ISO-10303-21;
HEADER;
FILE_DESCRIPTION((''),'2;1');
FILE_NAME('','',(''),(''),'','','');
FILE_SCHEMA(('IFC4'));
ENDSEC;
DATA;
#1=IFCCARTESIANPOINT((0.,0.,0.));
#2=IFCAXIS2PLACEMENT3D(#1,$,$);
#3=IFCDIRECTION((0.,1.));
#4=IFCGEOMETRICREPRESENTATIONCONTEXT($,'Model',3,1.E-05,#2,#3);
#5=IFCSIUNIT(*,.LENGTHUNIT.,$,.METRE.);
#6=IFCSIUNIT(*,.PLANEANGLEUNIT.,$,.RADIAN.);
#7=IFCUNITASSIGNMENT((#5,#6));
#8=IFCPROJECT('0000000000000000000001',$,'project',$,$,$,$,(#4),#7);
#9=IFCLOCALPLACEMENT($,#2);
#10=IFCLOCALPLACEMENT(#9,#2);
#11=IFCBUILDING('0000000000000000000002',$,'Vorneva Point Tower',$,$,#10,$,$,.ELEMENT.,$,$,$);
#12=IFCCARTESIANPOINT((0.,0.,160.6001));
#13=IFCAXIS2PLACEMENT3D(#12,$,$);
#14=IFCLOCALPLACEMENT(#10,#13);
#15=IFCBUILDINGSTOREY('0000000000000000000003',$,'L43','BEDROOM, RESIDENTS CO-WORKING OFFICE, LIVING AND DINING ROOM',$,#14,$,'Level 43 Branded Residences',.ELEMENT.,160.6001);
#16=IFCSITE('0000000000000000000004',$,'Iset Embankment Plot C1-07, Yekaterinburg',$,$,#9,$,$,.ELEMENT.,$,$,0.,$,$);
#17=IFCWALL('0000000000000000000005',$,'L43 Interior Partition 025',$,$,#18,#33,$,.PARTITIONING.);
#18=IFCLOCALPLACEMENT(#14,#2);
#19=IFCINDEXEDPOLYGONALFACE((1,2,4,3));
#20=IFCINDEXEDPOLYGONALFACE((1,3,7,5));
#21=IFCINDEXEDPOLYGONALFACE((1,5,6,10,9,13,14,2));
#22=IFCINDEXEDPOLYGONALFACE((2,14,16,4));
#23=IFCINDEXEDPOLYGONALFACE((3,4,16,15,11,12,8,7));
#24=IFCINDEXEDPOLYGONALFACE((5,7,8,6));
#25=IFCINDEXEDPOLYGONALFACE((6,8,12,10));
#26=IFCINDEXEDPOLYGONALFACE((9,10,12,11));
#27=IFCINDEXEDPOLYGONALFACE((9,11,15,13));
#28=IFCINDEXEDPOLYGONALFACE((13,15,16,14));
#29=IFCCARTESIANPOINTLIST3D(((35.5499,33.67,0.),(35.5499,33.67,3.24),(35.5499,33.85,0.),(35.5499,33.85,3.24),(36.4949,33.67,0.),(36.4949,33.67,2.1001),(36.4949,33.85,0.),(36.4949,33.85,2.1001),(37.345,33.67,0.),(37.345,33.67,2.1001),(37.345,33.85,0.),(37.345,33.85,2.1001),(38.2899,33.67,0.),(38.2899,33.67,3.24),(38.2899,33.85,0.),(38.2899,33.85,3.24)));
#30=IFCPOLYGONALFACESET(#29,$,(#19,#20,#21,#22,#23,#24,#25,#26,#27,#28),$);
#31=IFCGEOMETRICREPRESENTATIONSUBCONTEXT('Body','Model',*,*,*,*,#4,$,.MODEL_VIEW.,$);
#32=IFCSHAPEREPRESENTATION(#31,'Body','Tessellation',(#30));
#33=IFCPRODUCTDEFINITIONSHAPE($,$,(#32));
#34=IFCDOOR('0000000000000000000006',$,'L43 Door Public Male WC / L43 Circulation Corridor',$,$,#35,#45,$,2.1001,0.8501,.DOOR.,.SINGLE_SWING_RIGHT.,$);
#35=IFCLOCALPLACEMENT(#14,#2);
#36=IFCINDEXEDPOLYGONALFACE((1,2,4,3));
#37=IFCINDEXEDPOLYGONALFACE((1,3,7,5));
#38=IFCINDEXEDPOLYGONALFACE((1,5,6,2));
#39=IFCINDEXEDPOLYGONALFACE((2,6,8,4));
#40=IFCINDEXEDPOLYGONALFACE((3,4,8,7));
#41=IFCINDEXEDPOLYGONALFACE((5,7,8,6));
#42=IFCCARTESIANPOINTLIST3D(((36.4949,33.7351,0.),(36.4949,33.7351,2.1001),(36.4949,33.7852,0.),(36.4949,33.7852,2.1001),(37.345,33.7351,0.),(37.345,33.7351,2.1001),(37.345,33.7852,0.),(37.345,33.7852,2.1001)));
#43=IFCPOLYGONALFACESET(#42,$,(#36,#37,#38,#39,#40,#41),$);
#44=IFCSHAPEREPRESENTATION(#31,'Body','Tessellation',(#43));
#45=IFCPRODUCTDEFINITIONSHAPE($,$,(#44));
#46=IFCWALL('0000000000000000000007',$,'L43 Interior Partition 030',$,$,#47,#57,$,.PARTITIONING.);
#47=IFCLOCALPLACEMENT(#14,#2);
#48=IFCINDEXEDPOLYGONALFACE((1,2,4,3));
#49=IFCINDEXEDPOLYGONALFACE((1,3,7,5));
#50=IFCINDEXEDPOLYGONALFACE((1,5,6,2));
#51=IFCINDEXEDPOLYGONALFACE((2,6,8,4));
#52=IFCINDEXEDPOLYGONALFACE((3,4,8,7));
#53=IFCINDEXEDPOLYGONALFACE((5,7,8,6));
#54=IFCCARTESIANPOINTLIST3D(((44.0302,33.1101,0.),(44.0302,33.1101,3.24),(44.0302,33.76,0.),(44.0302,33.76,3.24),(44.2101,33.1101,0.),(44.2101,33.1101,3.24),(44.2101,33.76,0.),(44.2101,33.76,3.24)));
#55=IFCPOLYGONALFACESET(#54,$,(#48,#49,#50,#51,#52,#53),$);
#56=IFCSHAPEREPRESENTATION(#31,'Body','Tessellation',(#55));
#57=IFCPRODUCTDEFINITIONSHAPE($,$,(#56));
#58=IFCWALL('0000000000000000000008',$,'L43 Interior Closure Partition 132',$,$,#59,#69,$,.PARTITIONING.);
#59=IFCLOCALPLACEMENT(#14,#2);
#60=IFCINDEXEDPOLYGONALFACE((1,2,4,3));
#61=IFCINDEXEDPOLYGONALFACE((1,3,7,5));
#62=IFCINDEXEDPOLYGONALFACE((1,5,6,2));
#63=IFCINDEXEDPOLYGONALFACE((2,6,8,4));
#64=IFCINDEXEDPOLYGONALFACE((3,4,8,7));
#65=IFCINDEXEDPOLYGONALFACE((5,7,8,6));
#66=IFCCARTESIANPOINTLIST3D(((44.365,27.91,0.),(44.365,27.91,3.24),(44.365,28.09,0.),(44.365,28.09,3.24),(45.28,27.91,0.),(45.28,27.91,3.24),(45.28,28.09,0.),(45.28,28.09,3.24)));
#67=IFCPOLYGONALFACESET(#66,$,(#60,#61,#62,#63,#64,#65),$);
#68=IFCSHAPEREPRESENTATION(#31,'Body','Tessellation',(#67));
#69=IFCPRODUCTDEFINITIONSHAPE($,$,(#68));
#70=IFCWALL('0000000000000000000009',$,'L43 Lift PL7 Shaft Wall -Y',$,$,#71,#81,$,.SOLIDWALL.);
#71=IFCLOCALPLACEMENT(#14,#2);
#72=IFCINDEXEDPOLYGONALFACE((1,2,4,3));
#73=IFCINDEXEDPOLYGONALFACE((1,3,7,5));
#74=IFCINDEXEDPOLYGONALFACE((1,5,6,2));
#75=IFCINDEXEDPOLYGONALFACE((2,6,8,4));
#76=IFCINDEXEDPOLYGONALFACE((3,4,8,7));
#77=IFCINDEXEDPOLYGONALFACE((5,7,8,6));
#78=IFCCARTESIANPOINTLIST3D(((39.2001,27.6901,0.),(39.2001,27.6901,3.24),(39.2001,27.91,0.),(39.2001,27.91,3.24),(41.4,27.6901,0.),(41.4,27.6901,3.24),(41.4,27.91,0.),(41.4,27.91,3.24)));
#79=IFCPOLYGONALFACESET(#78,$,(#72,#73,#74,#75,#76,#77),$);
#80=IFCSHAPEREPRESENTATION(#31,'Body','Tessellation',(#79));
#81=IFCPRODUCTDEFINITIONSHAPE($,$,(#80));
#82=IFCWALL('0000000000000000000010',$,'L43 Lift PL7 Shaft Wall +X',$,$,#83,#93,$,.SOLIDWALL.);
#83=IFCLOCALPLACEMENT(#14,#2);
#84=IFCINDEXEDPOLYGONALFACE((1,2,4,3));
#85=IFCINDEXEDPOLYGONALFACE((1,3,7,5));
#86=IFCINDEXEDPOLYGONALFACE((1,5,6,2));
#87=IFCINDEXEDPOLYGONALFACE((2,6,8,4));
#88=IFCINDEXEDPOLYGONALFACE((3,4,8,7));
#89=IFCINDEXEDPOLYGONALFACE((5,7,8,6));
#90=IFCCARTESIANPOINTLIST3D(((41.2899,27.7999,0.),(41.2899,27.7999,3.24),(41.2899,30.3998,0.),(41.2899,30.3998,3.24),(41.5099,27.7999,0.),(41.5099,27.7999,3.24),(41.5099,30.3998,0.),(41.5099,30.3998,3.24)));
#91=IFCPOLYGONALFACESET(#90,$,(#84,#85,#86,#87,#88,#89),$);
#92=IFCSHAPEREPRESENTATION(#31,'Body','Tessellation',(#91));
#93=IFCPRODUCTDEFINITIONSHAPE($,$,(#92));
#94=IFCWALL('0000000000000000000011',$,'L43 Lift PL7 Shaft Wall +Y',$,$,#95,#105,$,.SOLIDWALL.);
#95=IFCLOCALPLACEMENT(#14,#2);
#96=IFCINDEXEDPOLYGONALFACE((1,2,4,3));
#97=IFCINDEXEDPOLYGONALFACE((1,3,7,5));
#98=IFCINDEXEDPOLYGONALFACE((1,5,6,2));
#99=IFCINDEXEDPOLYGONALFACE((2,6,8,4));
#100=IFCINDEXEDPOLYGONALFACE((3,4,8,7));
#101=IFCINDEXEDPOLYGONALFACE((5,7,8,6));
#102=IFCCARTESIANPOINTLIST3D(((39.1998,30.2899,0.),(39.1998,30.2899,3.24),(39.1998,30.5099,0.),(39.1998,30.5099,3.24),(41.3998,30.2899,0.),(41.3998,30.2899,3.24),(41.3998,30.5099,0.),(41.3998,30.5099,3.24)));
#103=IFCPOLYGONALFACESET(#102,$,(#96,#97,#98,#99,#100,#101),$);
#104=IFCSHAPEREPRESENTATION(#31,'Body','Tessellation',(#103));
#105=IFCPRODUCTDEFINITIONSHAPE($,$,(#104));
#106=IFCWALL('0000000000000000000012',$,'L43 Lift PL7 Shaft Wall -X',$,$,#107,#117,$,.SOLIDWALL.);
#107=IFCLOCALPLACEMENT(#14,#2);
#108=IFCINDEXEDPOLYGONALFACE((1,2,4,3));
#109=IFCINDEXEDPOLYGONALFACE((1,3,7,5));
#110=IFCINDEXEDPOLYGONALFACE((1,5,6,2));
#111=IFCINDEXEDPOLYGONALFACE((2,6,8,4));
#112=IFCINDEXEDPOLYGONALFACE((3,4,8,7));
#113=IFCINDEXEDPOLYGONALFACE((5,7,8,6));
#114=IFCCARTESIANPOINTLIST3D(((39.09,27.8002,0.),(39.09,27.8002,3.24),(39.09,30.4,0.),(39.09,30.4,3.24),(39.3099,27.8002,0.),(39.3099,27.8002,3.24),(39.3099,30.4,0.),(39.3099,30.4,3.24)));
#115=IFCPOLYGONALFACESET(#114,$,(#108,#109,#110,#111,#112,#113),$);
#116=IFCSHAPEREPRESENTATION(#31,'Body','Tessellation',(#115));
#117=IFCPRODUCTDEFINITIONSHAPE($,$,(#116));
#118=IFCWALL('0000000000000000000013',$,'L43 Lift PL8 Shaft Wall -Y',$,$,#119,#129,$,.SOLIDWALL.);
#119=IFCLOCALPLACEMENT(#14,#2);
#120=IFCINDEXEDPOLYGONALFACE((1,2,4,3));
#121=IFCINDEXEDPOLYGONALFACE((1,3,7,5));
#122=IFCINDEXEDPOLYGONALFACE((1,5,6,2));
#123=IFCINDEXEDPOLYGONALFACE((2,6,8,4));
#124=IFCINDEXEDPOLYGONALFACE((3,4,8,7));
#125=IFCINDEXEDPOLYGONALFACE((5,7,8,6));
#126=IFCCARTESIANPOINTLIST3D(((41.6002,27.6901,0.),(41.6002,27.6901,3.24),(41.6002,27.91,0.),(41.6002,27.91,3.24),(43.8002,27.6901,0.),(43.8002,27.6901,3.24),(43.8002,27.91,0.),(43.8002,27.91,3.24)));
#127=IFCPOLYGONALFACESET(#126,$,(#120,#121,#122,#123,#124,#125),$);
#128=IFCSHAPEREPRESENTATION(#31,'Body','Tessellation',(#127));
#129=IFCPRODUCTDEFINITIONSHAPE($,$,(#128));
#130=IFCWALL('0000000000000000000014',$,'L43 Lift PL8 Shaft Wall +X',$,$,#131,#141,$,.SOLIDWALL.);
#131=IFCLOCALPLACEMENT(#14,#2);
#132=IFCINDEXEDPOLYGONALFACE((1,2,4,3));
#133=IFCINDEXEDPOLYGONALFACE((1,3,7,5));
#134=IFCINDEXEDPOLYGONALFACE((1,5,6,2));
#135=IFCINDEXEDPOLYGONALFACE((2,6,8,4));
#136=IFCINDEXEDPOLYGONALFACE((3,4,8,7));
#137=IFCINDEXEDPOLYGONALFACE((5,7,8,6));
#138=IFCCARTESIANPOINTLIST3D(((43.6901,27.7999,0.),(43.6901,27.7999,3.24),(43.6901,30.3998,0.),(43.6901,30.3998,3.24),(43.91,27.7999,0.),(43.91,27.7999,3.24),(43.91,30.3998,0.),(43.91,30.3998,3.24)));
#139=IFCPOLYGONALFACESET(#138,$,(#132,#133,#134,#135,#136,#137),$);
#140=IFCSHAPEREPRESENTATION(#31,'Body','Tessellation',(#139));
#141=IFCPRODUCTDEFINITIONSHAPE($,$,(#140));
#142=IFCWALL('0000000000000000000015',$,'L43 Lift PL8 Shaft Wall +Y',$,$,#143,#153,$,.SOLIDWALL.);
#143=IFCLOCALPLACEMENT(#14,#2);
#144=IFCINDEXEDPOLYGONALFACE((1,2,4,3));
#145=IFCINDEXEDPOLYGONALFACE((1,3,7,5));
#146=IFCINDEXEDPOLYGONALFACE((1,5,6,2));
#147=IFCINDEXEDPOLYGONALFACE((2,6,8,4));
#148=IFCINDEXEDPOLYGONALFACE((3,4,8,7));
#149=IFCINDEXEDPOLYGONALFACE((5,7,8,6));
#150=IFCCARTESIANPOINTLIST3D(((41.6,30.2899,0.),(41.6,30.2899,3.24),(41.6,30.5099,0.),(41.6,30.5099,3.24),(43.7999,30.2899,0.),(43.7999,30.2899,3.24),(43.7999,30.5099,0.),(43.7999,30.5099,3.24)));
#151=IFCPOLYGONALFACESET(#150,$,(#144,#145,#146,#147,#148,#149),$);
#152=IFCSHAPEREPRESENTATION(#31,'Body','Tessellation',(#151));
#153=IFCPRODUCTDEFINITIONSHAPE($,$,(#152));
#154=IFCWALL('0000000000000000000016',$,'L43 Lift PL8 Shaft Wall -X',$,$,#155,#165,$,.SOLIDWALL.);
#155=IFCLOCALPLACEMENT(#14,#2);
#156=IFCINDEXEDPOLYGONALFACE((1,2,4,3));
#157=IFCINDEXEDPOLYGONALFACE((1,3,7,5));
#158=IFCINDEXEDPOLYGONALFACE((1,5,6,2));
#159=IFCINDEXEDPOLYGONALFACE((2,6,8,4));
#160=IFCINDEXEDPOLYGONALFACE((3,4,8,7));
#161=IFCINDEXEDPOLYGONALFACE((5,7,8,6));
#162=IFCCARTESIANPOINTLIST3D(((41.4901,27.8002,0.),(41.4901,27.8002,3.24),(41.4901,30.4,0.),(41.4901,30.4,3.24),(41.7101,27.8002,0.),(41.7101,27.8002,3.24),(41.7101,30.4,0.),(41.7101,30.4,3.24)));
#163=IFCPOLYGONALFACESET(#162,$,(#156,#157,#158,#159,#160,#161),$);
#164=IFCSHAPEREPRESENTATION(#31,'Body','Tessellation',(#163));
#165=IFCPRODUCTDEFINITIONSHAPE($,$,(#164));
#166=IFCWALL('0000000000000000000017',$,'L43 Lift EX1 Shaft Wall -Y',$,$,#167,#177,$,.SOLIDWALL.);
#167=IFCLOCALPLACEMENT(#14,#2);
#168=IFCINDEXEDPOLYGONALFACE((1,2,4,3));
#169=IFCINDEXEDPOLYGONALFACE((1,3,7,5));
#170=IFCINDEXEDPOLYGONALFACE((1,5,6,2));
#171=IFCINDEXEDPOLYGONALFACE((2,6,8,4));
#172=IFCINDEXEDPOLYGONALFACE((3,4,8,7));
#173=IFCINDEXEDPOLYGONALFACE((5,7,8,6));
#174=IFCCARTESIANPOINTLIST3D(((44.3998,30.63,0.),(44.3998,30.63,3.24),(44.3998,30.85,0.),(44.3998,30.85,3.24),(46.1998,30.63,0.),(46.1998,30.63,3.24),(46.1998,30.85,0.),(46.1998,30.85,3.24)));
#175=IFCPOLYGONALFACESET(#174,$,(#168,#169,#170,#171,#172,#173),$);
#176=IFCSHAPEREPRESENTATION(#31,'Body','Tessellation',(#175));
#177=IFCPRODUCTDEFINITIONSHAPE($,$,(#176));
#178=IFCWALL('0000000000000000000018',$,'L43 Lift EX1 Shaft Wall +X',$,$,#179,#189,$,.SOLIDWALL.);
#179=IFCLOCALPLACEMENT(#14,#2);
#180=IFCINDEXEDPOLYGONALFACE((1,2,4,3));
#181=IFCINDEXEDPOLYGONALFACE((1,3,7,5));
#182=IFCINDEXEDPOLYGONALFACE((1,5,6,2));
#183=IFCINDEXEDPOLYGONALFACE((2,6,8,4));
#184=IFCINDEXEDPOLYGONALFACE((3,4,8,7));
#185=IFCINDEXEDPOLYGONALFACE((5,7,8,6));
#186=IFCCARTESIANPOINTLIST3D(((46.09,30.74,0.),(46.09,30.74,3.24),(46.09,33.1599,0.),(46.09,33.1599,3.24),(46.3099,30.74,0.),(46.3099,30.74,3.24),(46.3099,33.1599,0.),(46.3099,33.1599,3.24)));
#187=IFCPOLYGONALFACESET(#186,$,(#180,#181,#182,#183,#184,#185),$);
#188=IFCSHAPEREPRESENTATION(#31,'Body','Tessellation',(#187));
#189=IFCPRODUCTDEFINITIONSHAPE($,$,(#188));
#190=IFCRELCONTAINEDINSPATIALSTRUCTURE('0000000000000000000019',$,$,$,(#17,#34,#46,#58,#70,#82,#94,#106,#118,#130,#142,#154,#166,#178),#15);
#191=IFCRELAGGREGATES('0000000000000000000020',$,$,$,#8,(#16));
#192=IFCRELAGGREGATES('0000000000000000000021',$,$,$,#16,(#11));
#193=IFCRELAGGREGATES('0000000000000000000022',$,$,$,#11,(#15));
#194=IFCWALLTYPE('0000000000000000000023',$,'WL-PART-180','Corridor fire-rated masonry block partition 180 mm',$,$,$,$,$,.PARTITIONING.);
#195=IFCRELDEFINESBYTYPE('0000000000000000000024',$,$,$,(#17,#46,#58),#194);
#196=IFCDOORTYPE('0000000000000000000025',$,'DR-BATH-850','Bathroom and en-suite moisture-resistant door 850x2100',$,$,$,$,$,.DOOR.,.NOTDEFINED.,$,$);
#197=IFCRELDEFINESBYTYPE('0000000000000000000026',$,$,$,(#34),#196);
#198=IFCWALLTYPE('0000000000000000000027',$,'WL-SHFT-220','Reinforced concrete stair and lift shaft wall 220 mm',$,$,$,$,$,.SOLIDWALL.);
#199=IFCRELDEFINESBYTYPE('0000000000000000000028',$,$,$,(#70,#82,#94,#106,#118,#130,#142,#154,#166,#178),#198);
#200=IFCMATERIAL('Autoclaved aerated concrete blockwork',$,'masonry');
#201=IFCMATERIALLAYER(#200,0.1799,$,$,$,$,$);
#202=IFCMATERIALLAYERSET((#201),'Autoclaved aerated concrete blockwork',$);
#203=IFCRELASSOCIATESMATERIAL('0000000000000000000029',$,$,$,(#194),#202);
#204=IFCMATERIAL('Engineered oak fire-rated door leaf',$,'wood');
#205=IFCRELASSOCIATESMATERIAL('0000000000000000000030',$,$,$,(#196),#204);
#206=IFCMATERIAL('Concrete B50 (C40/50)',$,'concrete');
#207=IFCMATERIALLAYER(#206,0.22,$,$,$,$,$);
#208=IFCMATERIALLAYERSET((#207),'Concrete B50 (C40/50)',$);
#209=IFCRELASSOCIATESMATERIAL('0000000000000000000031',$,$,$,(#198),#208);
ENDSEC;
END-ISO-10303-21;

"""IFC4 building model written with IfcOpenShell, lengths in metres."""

from ifc_helpers import new_model, si_unit, direction, frame, frame_2d, origin, place, context, subcontext, project, spatial, rectangle, extrude, material, layer, layer_set, type_object, element, fill, save


model = new_model("IFC4")

# Units and contexts
model_context = context("Model", 3, precision=1e-05, world=origin(), true_north=direction((0.0, 1.0)))
body_context = subcontext(model_context, "Body", "Model", "MODEL_VIEW")
ifc_project = project(units=[si_unit("LENGTHUNIT", "METRE"), si_unit("PLANEANGLEUNIT", "RADIAN")], contexts=[model_context])

# Site, building, storey
site_placement = place(None, origin())
site = spatial("IfcSite", under=ifc_project, at=site_placement, Name="Iset Embankment Plot C1-07, Yekaterinburg", CompositionType="ELEMENT", RefElevation=0.0)
building_placement = place(site_placement, origin())
building = spatial("IfcBuilding", under=site, at=building_placement, Name="Vorneva Point Tower", CompositionType="ELEMENT")
storey_placement = place(building_placement, frame((0.0, 0.0, 160.6001)))
storey = spatial("IfcBuildingStorey", under=building, at=storey_placement, Name="L43", Description="BEDROOM, RESIDENTS CO-WORKING OFFICE, LIVING AND DINING ROOM", LongName="Level 43 Branded Residences", CompositionType="ELEMENT", Elevation=160.6001)

# Wall, opening, door
ifc_material_1 = material(Name="Autoclaved aerated concrete blockwork", Category="masonry")
ifc_layer_1 = layer(ifc_material_1, 0.1799)
ifc_layer_set_1 = layer_set([ifc_layer_1], Name="Autoclaved aerated concrete blockwork")
wall_type_1 = type_object("IfcWallType", Name="WL-PART-180", Description="Corridor fire-rated masonry block partition 180 mm", PredefinedType="PARTITIONING", material=ifc_layer_set_1)
ifc_material_2 = material(Name="Engineered oak fire-rated door leaf", Category="wood")
door_type_1 = type_object("IfcDoorType", Name="DR-BATH-850", Description="Bathroom and en-suite moisture-resistant door 850x2100", OperationType="NOTDEFINED", PredefinedType="DOOR", material=ifc_material_2)
wall_1_placement = place(storey_placement, frame((38.29, 33.76, 0.0), z_axis=(0.0, 0.0, 1.0), x_axis=(-1.0, 0.0, 0.0)))
wall_1 = element("IfcWall", 1, at=wall_1_placement, inside=storey, type_object=wall_type_1, Name="L43 Interior Partition 025", PredefinedType="PARTITIONING", context=body_context, shape_type="SweptSolid", body=[
    extrude(rectangle(XDim=2.74, YDim=0.1799, at=frame_2d((1.3701, 0.0))), origin(), (0.0, 0.0, 1.0), 3.24),
])
opening_1_placement = place(wall_1_placement, frame((0.9451, 0.0, 0.0)))
opening_1 = element("IfcOpeningElement", 2, at=opening_1_placement, cuts=wall_1, PredefinedType="OPENING", context=body_context, shape_type="SweptSolid", body=[
    extrude(rectangle(XDim=0.8501, YDim=2.1001, at=frame_2d((0.425, 1.05))), frame((0.0, 0.105, 0.0), z_axis=(0.0, -1.0, 0.0), x_axis=(1.0, 0.0, 0.0)), (0.0, 0.0, 1.0), 0.2097),
])
door_1_placement = place(opening_1_placement, origin())
door_1 = element("IfcDoor", 3, at=door_1_placement, inside=storey, type_object=door_type_1, Name="L43 Door Public Male WC / L43 Circulation Corridor", OperationType="SINGLE_SWING_RIGHT", OverallHeight=2.1001, OverallWidth=0.8501, PredefinedType="DOOR", context=body_context, shape_type="SweptSolid", body=[
    extrude(rectangle(XDim=0.8501, YDim=2.1001, at=frame_2d((0.425, 1.05))), frame((0.0, 0.0249, 0.0), z_axis=(0.0, -1.0, 0.0), x_axis=(1.0, 0.0, 0.0)), (0.0, 0.0, 1.0), 0.05),
])
fill(opening_1, door_1)

# Walls
wall_2_placement = place(storey_placement, frame((44.1201, 33.1101, 0.0), z_axis=(0.0, 0.0, 1.0), x_axis=(0.0, 1.0, 0.0)))
element("IfcWall", 4, at=wall_2_placement, inside=storey, type_object=wall_type_1, Name="L43 Interior Partition 030", PredefinedType="PARTITIONING", context=body_context, shape_type="SweptSolid", body=[
    extrude(rectangle(XDim=0.6499, YDim=0.1799, at=frame_2d((0.325, 0.0))), origin(), (0.0, 0.0, 1.0), 3.24),
])
wall_3_placement = place(storey_placement, frame((45.28, 28.0, 0.0), z_axis=(0.0, 0.0, 1.0), x_axis=(-1.0, 0.0, 0.0)))
element("IfcWall", 5, at=wall_3_placement, inside=storey, type_object=wall_type_1, Name="L43 Interior Closure Partition 132", PredefinedType="PARTITIONING", context=body_context, shape_type="SweptSolid", body=[
    extrude(rectangle(XDim=0.915, YDim=0.1799, at=frame_2d((0.4575, 0.0))), origin(), (0.0, 0.0, 1.0), 3.24),
])
ifc_material_3 = material(Name="Concrete B50 (C40/50)", Category="concrete")
ifc_layer_2 = layer(ifc_material_3, 0.22)
ifc_layer_set_2 = layer_set([ifc_layer_2], Name="Concrete B50 (C40/50)")
wall_type_2 = type_object("IfcWallType", Name="WL-SHFT-220", Description="Reinforced concrete stair and lift shaft wall 220 mm", PredefinedType="SOLIDWALL", material=ifc_layer_set_2)
wall_4_placement = place(storey_placement, frame((39.2, 27.8, 0.0), z_axis=(0.0, 0.0, 1.0), x_axis=(1.0, 0.0, 0.0)))
element("IfcWall", 6, at=wall_4_placement, inside=storey, type_object=wall_type_2, Name="L43 Lift PL7 Shaft Wall -Y", PredefinedType="SOLIDWALL", context=body_context, shape_type="SweptSolid", body=[
    extrude(rectangle(XDim=2.2, YDim=0.22, at=frame_2d((1.1001, 0.0))), origin(), (0.0, 0.0, 1.0), 3.24),
])
wall_5_placement = place(storey_placement, frame((41.3999, 27.8, 0.0), z_axis=(0.0, 0.0, 1.0), x_axis=(0.0, 1.0, 0.0)))
element("IfcWall", 7, at=wall_5_placement, inside=storey, type_object=wall_type_2, Name="L43 Lift PL7 Shaft Wall +X", PredefinedType="SOLIDWALL", context=body_context, shape_type="SweptSolid", body=[
    extrude(rectangle(XDim=2.5999, YDim=0.22, at=frame_2d((1.2998, 0.0))), origin(), (0.0, 0.0, 1.0), 3.24),
])
wall_6_placement = place(storey_placement, frame((41.3999, 30.3999, 0.0), z_axis=(0.0, 0.0, 1.0), x_axis=(-1.0, 0.0, 0.0)))
element("IfcWall", 8, at=wall_6_placement, inside=storey, type_object=wall_type_2, Name="L43 Lift PL7 Shaft Wall +Y", PredefinedType="SOLIDWALL", context=body_context, shape_type="SweptSolid", body=[
    extrude(rectangle(XDim=2.2, YDim=0.22, at=frame_2d((1.1001, 0.0))), origin(), (0.0, 0.0, 1.0), 3.24),
])
wall_7_placement = place(storey_placement, frame((39.2, 30.3999, 0.0), z_axis=(0.0, 0.0, 1.0), x_axis=(0.0, -1.0, 0.0)))
element("IfcWall", 9, at=wall_7_placement, inside=storey, type_object=wall_type_2, Name="L43 Lift PL7 Shaft Wall -X", PredefinedType="SOLIDWALL", context=body_context, shape_type="SweptSolid", body=[
    extrude(rectangle(XDim=2.5999, YDim=0.22, at=frame_2d((1.2998, 0.0))), origin(), (0.0, 0.0, 1.0), 3.24),
])
wall_8_placement = place(storey_placement, frame((41.6001, 27.8, 0.0), z_axis=(0.0, 0.0, 1.0), x_axis=(1.0, 0.0, 0.0)))
element("IfcWall", 10, at=wall_8_placement, inside=storey, type_object=wall_type_2, Name="L43 Lift PL8 Shaft Wall -Y", PredefinedType="SOLIDWALL", context=body_context, shape_type="SweptSolid", body=[
    extrude(rectangle(XDim=2.2, YDim=0.22, at=frame_2d((1.1001, 0.0))), origin(), (0.0, 0.0, 1.0), 3.24),
])
wall_9_placement = place(storey_placement, frame((43.8, 27.8, 0.0), z_axis=(0.0, 0.0, 1.0), x_axis=(0.0, 1.0, 0.0)))
element("IfcWall", 11, at=wall_9_placement, inside=storey, type_object=wall_type_2, Name="L43 Lift PL8 Shaft Wall +X", PredefinedType="SOLIDWALL", context=body_context, shape_type="SweptSolid", body=[
    extrude(rectangle(XDim=2.5999, YDim=0.22, at=frame_2d((1.2998, 0.0))), origin(), (0.0, 0.0, 1.0), 3.24),
])
wall_10_placement = place(storey_placement, frame((43.8, 30.3999, 0.0), z_axis=(0.0, 0.0, 1.0), x_axis=(-1.0, 0.0, 0.0)))
element("IfcWall", 12, at=wall_10_placement, inside=storey, type_object=wall_type_2, Name="L43 Lift PL8 Shaft Wall +Y", PredefinedType="SOLIDWALL", context=body_context, shape_type="SweptSolid", body=[
    extrude(rectangle(XDim=2.2, YDim=0.22, at=frame_2d((1.1001, 0.0))), origin(), (0.0, 0.0, 1.0), 3.24),
])
wall_11_placement = place(storey_placement, frame((41.6001, 30.3999, 0.0), z_axis=(0.0, 0.0, 1.0), x_axis=(0.0, -1.0, 0.0)))
element("IfcWall", 13, at=wall_11_placement, inside=storey, type_object=wall_type_2, Name="L43 Lift PL8 Shaft Wall -X", PredefinedType="SOLIDWALL", context=body_context, shape_type="SweptSolid", body=[
    extrude(rectangle(XDim=2.5999, YDim=0.22, at=frame_2d((1.2998, 0.0))), origin(), (0.0, 0.0, 1.0), 3.24),
])
wall_12_placement = place(storey_placement, frame((44.3999, 30.74, 0.0), z_axis=(0.0, 0.0, 1.0), x_axis=(1.0, 0.0, 0.0)))
element("IfcWall", 14, at=wall_12_placement, inside=storey, type_object=wall_type_2, Name="L43 Lift EX1 Shaft Wall -Y", PredefinedType="SOLIDWALL", context=body_context, shape_type="SweptSolid", body=[
    extrude(rectangle(XDim=1.8, YDim=0.22, at=frame_2d((0.8999, 0.0))), origin(), (0.0, 0.0, 1.0), 3.24),
])
for number, where, z_axis, x_axis, name in (
    (15, (46.2, 30.74, 0.0), (0.0, 0.0, 1.0), (0.0, 1.0, 0.0), "L43 Lift EX1 Shaft Wall +X"),
):
    element("IfcWall", number, at=place(storey_placement, frame(where, z_axis=z_axis, x_axis=x_axis)), inside=storey, type_object=wall_type_2, Name=name, PredefinedType="SOLIDWALL", context=body_context, shape_type="SweptSolid", body=[
        extrude(rectangle(XDim=2.4199, YDim=0.22, at=frame_2d((1.21, 0.0))), origin(), (0.0, 0.0, 1.0), 3.24),
    ])

save(model, "model.ifc")
